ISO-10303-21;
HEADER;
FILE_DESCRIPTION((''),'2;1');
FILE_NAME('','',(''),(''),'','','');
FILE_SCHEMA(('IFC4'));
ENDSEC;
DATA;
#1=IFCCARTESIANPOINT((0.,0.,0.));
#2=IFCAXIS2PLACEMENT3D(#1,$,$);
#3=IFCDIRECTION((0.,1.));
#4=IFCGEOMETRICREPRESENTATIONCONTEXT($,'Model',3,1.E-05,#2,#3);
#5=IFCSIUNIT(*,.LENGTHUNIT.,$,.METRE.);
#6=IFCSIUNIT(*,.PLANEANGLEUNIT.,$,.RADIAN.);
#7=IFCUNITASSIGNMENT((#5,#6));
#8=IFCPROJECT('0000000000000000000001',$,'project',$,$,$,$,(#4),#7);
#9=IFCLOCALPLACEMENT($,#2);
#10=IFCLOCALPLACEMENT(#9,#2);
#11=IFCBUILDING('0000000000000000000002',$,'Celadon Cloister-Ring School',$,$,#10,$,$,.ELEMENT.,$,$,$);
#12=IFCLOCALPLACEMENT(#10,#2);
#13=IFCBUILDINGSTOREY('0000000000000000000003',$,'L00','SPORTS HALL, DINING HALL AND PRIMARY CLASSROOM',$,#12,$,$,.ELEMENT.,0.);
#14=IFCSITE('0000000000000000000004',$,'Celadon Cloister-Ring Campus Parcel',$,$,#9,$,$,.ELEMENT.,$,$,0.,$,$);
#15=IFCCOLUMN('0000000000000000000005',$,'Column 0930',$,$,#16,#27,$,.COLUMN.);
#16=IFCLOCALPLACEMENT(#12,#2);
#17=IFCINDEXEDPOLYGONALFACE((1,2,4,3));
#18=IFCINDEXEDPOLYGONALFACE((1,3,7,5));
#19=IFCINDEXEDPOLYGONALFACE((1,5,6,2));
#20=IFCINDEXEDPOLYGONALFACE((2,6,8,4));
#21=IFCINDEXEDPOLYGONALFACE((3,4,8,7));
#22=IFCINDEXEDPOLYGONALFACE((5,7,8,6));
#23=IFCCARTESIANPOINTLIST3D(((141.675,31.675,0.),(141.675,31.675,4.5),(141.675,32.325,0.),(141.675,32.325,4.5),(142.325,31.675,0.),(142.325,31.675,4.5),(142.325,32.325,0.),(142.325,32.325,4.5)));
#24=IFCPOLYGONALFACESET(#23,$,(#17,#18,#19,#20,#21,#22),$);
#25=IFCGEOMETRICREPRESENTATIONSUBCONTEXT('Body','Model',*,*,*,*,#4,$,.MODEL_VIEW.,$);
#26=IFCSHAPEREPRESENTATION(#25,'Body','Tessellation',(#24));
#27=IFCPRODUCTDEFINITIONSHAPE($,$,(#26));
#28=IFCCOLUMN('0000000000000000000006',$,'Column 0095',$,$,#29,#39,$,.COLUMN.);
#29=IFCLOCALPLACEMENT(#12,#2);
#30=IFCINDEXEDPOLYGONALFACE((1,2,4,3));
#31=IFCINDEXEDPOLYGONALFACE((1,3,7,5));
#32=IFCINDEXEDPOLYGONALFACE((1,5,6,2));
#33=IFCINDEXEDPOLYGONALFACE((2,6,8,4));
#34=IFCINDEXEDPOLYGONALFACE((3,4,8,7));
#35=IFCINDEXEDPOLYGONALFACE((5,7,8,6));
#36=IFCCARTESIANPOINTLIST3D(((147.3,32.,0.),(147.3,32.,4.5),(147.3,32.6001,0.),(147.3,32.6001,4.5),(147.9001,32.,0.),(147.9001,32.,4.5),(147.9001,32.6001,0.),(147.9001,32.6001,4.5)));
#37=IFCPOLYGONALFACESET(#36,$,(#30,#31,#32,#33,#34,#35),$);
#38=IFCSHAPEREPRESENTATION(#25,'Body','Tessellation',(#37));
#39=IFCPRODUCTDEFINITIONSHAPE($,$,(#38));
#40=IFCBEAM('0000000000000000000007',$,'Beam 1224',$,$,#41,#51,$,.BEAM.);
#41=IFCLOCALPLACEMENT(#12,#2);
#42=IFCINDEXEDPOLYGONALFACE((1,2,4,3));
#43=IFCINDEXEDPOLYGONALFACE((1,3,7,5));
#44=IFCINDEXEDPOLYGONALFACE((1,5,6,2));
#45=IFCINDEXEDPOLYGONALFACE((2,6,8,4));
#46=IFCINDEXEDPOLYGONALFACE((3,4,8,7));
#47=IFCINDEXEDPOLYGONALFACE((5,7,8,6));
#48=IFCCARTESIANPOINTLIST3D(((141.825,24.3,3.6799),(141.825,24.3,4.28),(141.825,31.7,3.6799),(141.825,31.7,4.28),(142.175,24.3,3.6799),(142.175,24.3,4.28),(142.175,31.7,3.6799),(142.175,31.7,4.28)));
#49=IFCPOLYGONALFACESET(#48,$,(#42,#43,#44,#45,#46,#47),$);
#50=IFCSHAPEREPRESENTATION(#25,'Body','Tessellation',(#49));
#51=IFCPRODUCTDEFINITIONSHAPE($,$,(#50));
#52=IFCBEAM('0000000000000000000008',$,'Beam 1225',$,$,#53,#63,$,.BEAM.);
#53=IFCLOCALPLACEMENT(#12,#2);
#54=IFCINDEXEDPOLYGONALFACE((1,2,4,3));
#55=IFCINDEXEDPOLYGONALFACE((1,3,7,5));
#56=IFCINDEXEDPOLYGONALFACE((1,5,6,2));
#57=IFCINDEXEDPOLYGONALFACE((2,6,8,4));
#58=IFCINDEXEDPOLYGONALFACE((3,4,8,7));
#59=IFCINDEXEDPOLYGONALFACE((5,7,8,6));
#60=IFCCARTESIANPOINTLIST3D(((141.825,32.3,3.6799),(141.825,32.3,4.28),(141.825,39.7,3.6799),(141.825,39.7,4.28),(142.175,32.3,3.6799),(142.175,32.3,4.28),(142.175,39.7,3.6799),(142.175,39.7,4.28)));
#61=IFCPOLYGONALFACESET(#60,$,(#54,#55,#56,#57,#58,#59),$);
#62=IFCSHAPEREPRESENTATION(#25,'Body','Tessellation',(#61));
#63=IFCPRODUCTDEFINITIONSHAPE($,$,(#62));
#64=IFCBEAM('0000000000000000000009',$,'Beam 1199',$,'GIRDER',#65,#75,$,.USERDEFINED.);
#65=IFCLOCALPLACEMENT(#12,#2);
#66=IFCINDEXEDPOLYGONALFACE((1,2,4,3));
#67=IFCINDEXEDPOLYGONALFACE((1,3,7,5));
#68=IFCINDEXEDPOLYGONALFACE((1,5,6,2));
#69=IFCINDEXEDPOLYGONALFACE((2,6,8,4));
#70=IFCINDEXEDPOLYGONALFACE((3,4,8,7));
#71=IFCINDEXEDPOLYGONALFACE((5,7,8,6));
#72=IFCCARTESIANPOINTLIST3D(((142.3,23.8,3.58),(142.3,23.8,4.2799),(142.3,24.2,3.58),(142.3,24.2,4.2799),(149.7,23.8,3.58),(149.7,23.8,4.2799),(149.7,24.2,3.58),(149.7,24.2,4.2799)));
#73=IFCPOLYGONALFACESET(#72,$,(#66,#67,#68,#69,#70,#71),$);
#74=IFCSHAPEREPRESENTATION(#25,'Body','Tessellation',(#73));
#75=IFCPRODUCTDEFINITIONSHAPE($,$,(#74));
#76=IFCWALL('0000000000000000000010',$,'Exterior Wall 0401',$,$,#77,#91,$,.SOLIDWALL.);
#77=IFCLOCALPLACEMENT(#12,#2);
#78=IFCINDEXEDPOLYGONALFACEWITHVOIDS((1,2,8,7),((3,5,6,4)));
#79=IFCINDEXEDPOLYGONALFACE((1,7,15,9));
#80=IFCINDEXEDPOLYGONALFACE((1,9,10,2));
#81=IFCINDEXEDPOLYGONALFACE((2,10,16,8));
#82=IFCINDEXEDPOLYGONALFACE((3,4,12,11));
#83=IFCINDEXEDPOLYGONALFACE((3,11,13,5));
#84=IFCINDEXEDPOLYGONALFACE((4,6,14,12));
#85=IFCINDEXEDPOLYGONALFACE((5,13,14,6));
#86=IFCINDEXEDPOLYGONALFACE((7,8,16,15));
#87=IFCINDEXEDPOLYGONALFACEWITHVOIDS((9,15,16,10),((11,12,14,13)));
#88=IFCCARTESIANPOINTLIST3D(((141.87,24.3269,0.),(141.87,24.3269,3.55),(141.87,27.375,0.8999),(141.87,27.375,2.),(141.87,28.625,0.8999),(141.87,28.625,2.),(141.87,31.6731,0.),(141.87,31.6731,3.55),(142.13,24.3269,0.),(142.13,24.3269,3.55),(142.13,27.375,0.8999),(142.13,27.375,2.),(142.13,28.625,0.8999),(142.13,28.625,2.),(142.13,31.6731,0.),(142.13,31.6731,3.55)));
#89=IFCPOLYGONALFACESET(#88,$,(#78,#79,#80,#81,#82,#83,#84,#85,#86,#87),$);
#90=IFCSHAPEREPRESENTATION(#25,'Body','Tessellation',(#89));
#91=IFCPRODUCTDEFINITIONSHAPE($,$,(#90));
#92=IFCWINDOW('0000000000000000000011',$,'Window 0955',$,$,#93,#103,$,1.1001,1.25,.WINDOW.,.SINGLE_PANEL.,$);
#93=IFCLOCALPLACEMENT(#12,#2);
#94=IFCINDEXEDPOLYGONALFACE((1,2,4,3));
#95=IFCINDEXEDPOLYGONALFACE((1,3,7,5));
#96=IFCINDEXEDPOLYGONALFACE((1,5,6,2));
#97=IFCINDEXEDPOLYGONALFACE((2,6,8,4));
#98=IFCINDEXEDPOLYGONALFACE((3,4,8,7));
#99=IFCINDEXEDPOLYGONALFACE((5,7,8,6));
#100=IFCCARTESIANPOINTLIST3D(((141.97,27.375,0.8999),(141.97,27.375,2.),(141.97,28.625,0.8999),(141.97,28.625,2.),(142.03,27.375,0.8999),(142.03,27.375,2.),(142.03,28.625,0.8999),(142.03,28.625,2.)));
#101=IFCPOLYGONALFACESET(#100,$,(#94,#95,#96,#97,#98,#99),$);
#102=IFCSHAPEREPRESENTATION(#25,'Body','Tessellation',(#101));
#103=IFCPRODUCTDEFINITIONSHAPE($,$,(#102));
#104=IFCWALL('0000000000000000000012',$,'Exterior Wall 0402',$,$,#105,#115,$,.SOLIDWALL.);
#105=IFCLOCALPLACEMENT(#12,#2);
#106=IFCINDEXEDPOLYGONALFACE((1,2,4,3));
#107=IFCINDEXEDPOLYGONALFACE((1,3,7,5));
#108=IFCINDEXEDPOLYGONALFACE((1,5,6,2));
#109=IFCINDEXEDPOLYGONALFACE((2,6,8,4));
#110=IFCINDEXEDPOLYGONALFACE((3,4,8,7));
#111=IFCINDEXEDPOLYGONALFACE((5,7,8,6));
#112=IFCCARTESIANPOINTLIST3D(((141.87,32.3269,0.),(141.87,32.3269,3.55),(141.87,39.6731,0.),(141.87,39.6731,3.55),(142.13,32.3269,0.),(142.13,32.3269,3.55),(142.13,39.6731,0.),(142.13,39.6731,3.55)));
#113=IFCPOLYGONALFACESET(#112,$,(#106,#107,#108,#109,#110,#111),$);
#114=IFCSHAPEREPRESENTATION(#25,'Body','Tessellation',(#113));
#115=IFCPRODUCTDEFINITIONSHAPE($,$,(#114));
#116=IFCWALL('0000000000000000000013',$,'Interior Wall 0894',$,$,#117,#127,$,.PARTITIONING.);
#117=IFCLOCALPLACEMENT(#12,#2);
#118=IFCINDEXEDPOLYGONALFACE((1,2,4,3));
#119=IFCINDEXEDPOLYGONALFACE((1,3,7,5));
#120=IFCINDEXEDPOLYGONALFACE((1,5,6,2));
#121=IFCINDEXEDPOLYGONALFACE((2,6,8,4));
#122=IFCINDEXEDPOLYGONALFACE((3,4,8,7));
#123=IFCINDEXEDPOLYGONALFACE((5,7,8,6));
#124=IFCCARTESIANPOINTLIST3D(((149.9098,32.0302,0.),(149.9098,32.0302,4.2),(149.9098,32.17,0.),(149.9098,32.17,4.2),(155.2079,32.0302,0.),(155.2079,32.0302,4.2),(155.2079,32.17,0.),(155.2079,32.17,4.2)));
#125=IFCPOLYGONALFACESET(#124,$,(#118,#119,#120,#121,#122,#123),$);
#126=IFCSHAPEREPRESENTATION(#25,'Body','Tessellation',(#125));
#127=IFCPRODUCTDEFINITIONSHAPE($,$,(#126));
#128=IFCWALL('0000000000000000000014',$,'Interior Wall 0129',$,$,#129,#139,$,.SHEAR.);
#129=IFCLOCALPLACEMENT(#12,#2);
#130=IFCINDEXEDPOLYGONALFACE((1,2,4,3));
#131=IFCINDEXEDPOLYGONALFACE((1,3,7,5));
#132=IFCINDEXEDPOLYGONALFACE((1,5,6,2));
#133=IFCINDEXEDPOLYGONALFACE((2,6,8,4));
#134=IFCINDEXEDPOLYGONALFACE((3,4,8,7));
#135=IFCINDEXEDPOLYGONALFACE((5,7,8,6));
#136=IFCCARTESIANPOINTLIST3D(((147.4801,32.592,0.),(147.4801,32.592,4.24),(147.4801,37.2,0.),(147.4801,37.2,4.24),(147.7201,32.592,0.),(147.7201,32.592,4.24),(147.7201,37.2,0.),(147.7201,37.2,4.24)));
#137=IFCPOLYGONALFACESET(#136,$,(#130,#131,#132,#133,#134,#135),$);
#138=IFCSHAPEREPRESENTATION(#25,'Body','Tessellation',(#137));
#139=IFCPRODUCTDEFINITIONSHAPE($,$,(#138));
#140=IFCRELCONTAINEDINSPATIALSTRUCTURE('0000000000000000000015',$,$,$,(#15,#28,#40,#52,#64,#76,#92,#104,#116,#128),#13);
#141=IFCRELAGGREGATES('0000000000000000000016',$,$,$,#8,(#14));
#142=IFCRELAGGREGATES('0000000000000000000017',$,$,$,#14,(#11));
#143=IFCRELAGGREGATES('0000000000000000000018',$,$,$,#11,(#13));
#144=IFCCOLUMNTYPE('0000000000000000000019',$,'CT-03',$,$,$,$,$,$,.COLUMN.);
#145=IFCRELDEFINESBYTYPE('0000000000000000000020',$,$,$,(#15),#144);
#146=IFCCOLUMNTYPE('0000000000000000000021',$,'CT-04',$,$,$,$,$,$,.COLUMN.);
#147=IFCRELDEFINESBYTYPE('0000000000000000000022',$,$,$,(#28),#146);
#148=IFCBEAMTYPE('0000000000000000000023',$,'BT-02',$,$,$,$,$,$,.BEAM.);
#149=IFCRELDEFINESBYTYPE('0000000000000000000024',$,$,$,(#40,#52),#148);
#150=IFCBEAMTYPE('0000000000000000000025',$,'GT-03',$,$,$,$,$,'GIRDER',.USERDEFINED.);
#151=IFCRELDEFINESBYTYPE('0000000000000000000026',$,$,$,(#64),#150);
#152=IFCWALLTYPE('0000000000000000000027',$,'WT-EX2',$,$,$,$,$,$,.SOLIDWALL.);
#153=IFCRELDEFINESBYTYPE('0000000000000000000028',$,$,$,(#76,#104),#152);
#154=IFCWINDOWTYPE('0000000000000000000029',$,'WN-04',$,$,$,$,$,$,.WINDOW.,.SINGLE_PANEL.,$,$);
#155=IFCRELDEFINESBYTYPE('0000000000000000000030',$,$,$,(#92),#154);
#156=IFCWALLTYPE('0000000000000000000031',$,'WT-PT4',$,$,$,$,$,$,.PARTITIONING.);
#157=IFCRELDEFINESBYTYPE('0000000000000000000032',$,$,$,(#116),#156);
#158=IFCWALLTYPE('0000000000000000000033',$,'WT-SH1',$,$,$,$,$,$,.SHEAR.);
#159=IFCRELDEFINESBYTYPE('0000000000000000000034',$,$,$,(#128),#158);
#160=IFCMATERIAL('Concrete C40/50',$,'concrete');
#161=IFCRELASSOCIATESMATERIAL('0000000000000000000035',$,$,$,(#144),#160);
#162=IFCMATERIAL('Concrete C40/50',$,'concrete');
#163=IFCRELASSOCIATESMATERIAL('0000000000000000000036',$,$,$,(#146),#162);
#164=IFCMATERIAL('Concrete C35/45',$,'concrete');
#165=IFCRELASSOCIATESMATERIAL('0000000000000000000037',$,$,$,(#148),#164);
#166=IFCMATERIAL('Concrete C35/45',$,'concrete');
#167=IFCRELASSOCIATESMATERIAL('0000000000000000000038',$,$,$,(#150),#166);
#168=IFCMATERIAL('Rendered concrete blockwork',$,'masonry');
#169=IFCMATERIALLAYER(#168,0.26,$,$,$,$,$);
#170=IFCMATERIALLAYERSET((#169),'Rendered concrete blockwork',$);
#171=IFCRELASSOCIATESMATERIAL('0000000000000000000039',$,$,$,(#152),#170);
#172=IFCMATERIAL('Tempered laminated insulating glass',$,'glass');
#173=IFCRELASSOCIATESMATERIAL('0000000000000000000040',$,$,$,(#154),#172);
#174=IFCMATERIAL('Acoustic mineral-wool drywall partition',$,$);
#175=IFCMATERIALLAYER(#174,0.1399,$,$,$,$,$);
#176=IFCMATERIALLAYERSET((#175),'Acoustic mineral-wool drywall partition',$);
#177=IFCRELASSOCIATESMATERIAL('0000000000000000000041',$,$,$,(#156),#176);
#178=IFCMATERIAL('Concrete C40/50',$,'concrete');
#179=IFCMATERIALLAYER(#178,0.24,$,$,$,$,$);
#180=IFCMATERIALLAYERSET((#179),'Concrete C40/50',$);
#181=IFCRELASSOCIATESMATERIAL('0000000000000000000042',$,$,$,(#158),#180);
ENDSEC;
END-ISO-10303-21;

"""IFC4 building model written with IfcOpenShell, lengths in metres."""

from ifc_helpers import new_model, si_unit, direction, frame, frame_2d, origin, origin_2d, place, context, subcontext, project, spatial, rectangle, extrude, material, layer, layer_set, material_profile, profile_set, type_object, element, fill, save


model = new_model("IFC4")

# Units and contexts
model_context = context("Model", 3, precision=1e-05, world=origin(), true_north=direction((0.0, 1.0)))
body_context = subcontext(model_context, "Body", "Model", "MODEL_VIEW")
ifc_project = project(units=[si_unit("LENGTHUNIT", "METRE"), si_unit("PLANEANGLEUNIT", "RADIAN")], contexts=[model_context])

# Site, building, storey
site_placement = place(None, origin())
site = spatial("IfcSite", under=ifc_project, at=site_placement, Name="Celadon Cloister-Ring Campus Parcel", CompositionType="ELEMENT", RefElevation=0.0)
building_placement = place(site_placement, origin())
building = spatial("IfcBuilding", under=site, at=building_placement, Name="Celadon Cloister-Ring School", CompositionType="ELEMENT")
storey_placement = place(building_placement, origin())
storey = spatial("IfcBuildingStorey", under=building, at=storey_placement, Name="L00", Description="SPORTS HALL, DINING HALL AND PRIMARY CLASSROOM", CompositionType="ELEMENT", Elevation=0.0)

# Columns
ifc_material_1 = material(Name="Concrete C40/50", Category="concrete")
ifc_material_profile_1 = material_profile(ifc_material_1, rectangle(XDim=0.6499, YDim=0.6499, at=origin_2d()), Name="RC650X650")
ifc_profile_set_1 = profile_set([ifc_material_profile_1], Name="Concrete C40/50")
column_type_1 = type_object("IfcColumnType", Name="CT-03", PredefinedType="COLUMN", material=ifc_profile_set_1)
for number, where, z_axis, x_axis, name in (
    (1, (142.0, 32.0, 0.0), (0.0, 0.0, 1.0), (1.0, 0.0, 0.0), "Column 0930"),
):
    element("IfcColumn", number, at=place(storey_placement, frame(where, z_axis=z_axis, x_axis=x_axis)), inside=storey, type_object=column_type_1, Name=name, PredefinedType="COLUMN", context=body_context, shape_type="SweptSolid", body=[
        extrude(rectangle(XDim=0.6499, YDim=0.6499, at=origin_2d()), origin(), (0.0, 0.0, 1.0), 4.5),
    ])
ifc_material_2 = material(Name="Concrete C40/50", Category="concrete")
ifc_material_profile_2 = material_profile(ifc_material_2, rectangle(XDim=0.6001, YDim=0.6001, at=origin_2d()), Name="RC600X600")
ifc_profile_set_2 = profile_set([ifc_material_profile_2], Name="Concrete C40/50")
column_type_2 = type_object("IfcColumnType", Name="CT-04", PredefinedType="COLUMN", material=ifc_profile_set_2)
column_placement = place(storey_placement, frame((147.6001, 32.3, 0.0), z_axis=(0.0, 0.0, 1.0), x_axis=(1.0, 0.0, 0.0)))
element("IfcColumn", 2, at=column_placement, inside=storey, type_object=column_type_2, Name="Column 0095", PredefinedType="COLUMN", context=body_context, shape_type="SweptSolid", body=[
    extrude(rectangle(XDim=0.6001, YDim=0.6001, at=origin_2d()), origin(), (0.0, 0.0, 1.0), 4.5),
])

# Beams
ifc_material_3 = material(Name="Concrete C35/45", Category="concrete")
ifc_material_profile_3 = material_profile(ifc_material_3, rectangle(XDim=0.3501, YDim=0.6001, at=origin_2d()), Name="RC350X600")
ifc_profile_set_3 = profile_set([ifc_material_profile_3], Name="Concrete C35/45")
beam_type_1 = type_object("IfcBeamType", Name="BT-02", PredefinedType="BEAM", material=ifc_profile_set_3)
for number, where, z_axis, x_axis, name in (
    (3, (142.0, 24.3, 3.98), (0.0, 1.0, 0.0), (-1.0, 0.0, 0.0), "Beam 1224"),
    (4, (142.0, 32.3, 3.98), (0.0, 1.0, 0.0), (-1.0, 0.0, 0.0), "Beam 1225"),
):
    element("IfcBeam", number, at=place(storey_placement, frame(where, z_axis=z_axis, x_axis=x_axis)), inside=storey, type_object=beam_type_1, Name=name, PredefinedType="BEAM", context=body_context, shape_type="SweptSolid", body=[
        extrude(rectangle(XDim=0.3501, YDim=0.6001, at=origin_2d()), origin(), (0.0, 0.0, 1.0), 7.3999),
    ])
ifc_material_4 = material(Name="Concrete C35/45", Category="concrete")
ifc_material_profile_4 = material_profile(ifc_material_4, rectangle(XDim=0.3999, YDim=0.7, at=origin_2d()), Name="RC400X700")
ifc_profile_set_4 = profile_set([ifc_material_profile_4], Name="Concrete C35/45")
beam_type_2 = type_object("IfcBeamType", Name="GT-03", ElementType="GIRDER", PredefinedType="USERDEFINED", material=ifc_profile_set_4)
beam_placement = place(storey_placement, frame((142.3, 24.0, 3.9299), z_axis=(1.0, 0.0, 0.0), x_axis=(0.0, 1.0, 0.0)))
element("IfcBeam", 5, at=beam_placement, inside=storey, type_object=beam_type_2, Name="Beam 1199", ObjectType="GIRDER", PredefinedType="USERDEFINED", context=body_context, shape_type="SweptSolid", body=[
    extrude(rectangle(XDim=0.3999, YDim=0.7, at=origin_2d()), origin(), (0.0, 0.0, 1.0), 7.3999),
])

# Wall, opening, window
ifc_material_5 = material(Name="Rendered concrete blockwork", Category="masonry")
ifc_layer_1 = layer(ifc_material_5, 0.26)
ifc_layer_set_1 = layer_set([ifc_layer_1], Name="Rendered concrete blockwork")
wall_type_1 = type_object("IfcWallType", Name="WT-EX2", PredefinedType="SOLIDWALL", material=ifc_layer_set_1)
wall_1_placement = place(storey_placement, frame((142.0, 24.3269, 0.0), z_axis=(0.0, 0.0, 1.0), x_axis=(0.0, 1.0, 0.0)))
wall_1 = element("IfcWall", 6, at=wall_1_placement, inside=storey, type_object=wall_type_1, Name="Exterior Wall 0401", PredefinedType="SOLIDWALL", context=body_context, shape_type="SweptSolid", body=[
    extrude(rectangle(XDim=7.3462, YDim=0.26, at=frame_2d((3.6731, 0.0))), origin(), (0.0, 0.0, 1.0), 3.55),
])
opening_placement = place(wall_1_placement, frame((3.0481, 0.0, 0.8999)))
opening = element("IfcOpeningElement", 7, at=opening_placement, cuts=wall_1, PredefinedType="OPENING", context=body_context, shape_type="SweptSolid", body=[
    extrude(rectangle(XDim=1.25, YDim=1.1001, at=frame_2d((0.625, 0.55))), frame((0.0, 0.1401, 0.0), z_axis=(0.0, -1.0, 0.0), x_axis=(1.0, 0.0, 0.0)), (0.0, 0.0, 1.0), 0.28),
])
ifc_material_6 = material(Name="Tempered laminated insulating glass", Category="glass")
window_type = type_object("IfcWindowType", Name="WN-04", PartitioningType="SINGLE_PANEL", PredefinedType="WINDOW", material=ifc_material_6)
window_placement = place(opening_placement, origin())
window = element("IfcWindow", 8, at=window_placement, inside=storey, type_object=window_type, Name="Window 0955", OverallHeight=1.1001, OverallWidth=1.25, PartitioningType="SINGLE_PANEL", PredefinedType="WINDOW", context=body_context, shape_type="SweptSolid", body=[
    extrude(rectangle(XDim=1.25, YDim=1.1001, at=frame_2d((0.625, 0.55))), frame((0.0, 0.03, 0.0), z_axis=(0.0, -1.0, 0.0), x_axis=(1.0, 0.0, 0.0)), (0.0, 0.0, 1.0), 0.0601),
])
fill(opening, window)

# Walls
wall_2_placement = place(storey_placement, frame((142.0, 32.3269, 0.0), z_axis=(0.0, 0.0, 1.0), x_axis=(0.0, 1.0, 0.0)))
element("IfcWall", 9, at=wall_2_placement, inside=storey, type_object=wall_type_1, Name="Exterior Wall 0402", PredefinedType="SOLIDWALL", context=body_context, shape_type="SweptSolid", body=[
    extrude(rectangle(XDim=7.3462, YDim=0.26, at=frame_2d((3.6731, 0.0))), origin(), (0.0, 0.0, 1.0), 3.55),
])
ifc_material_7 = material(Name="Acoustic mineral-wool drywall partition")
ifc_layer_2 = layer(ifc_material_7, 0.1399)
ifc_layer_set_2 = layer_set([ifc_layer_2], Name="Acoustic mineral-wool drywall partition")
wall_type_2 = type_object("IfcWallType", Name="WT-PT4", PredefinedType="PARTITIONING", material=ifc_layer_set_2)
wall_3_placement = place(storey_placement, frame((149.9099, 32.1001, 0.0), z_axis=(0.0, 0.0, 1.0), x_axis=(1.0, 0.0, 0.0)))
element("IfcWall", 10, at=wall_3_placement, inside=storey, type_object=wall_type_2, Name="Interior Wall 0894", PredefinedType="PARTITIONING", context=body_context, shape_type="SweptSolid", body=[
    extrude(rectangle(XDim=5.2981, YDim=0.1399, at=frame_2d((2.6489, 0.0))), origin(), (0.0, 0.0, 1.0), 4.2),
])
ifc_material_8 = material(Name="Concrete C40/50", Category="concrete")
ifc_layer_3 = layer(ifc_material_8, 0.24)
ifc_layer_set_3 = layer_set([ifc_layer_3], Name="Concrete C40/50")
wall_type_3 = type_object("IfcWallType", Name="WT-SH1", PredefinedType="SHEAR", material=ifc_layer_set_3)
wall_4_placement = place(storey_placement, frame((147.6001, 32.592, 0.0), z_axis=(0.0, 0.0, 1.0), x_axis=(0.0, 1.0, 0.0)))
element("IfcWall", 11, at=wall_4_placement, inside=storey, type_object=wall_type_3, Name="Interior Wall 0129", PredefinedType="SHEAR", context=body_context, shape_type="SweptSolid", body=[
    extrude(rectangle(XDim=4.6079, YDim=0.24, at=frame_2d((2.304, 0.0))), origin(), (0.0, 0.0, 1.0), 4.24),
])

save(model, "model.ifc")
